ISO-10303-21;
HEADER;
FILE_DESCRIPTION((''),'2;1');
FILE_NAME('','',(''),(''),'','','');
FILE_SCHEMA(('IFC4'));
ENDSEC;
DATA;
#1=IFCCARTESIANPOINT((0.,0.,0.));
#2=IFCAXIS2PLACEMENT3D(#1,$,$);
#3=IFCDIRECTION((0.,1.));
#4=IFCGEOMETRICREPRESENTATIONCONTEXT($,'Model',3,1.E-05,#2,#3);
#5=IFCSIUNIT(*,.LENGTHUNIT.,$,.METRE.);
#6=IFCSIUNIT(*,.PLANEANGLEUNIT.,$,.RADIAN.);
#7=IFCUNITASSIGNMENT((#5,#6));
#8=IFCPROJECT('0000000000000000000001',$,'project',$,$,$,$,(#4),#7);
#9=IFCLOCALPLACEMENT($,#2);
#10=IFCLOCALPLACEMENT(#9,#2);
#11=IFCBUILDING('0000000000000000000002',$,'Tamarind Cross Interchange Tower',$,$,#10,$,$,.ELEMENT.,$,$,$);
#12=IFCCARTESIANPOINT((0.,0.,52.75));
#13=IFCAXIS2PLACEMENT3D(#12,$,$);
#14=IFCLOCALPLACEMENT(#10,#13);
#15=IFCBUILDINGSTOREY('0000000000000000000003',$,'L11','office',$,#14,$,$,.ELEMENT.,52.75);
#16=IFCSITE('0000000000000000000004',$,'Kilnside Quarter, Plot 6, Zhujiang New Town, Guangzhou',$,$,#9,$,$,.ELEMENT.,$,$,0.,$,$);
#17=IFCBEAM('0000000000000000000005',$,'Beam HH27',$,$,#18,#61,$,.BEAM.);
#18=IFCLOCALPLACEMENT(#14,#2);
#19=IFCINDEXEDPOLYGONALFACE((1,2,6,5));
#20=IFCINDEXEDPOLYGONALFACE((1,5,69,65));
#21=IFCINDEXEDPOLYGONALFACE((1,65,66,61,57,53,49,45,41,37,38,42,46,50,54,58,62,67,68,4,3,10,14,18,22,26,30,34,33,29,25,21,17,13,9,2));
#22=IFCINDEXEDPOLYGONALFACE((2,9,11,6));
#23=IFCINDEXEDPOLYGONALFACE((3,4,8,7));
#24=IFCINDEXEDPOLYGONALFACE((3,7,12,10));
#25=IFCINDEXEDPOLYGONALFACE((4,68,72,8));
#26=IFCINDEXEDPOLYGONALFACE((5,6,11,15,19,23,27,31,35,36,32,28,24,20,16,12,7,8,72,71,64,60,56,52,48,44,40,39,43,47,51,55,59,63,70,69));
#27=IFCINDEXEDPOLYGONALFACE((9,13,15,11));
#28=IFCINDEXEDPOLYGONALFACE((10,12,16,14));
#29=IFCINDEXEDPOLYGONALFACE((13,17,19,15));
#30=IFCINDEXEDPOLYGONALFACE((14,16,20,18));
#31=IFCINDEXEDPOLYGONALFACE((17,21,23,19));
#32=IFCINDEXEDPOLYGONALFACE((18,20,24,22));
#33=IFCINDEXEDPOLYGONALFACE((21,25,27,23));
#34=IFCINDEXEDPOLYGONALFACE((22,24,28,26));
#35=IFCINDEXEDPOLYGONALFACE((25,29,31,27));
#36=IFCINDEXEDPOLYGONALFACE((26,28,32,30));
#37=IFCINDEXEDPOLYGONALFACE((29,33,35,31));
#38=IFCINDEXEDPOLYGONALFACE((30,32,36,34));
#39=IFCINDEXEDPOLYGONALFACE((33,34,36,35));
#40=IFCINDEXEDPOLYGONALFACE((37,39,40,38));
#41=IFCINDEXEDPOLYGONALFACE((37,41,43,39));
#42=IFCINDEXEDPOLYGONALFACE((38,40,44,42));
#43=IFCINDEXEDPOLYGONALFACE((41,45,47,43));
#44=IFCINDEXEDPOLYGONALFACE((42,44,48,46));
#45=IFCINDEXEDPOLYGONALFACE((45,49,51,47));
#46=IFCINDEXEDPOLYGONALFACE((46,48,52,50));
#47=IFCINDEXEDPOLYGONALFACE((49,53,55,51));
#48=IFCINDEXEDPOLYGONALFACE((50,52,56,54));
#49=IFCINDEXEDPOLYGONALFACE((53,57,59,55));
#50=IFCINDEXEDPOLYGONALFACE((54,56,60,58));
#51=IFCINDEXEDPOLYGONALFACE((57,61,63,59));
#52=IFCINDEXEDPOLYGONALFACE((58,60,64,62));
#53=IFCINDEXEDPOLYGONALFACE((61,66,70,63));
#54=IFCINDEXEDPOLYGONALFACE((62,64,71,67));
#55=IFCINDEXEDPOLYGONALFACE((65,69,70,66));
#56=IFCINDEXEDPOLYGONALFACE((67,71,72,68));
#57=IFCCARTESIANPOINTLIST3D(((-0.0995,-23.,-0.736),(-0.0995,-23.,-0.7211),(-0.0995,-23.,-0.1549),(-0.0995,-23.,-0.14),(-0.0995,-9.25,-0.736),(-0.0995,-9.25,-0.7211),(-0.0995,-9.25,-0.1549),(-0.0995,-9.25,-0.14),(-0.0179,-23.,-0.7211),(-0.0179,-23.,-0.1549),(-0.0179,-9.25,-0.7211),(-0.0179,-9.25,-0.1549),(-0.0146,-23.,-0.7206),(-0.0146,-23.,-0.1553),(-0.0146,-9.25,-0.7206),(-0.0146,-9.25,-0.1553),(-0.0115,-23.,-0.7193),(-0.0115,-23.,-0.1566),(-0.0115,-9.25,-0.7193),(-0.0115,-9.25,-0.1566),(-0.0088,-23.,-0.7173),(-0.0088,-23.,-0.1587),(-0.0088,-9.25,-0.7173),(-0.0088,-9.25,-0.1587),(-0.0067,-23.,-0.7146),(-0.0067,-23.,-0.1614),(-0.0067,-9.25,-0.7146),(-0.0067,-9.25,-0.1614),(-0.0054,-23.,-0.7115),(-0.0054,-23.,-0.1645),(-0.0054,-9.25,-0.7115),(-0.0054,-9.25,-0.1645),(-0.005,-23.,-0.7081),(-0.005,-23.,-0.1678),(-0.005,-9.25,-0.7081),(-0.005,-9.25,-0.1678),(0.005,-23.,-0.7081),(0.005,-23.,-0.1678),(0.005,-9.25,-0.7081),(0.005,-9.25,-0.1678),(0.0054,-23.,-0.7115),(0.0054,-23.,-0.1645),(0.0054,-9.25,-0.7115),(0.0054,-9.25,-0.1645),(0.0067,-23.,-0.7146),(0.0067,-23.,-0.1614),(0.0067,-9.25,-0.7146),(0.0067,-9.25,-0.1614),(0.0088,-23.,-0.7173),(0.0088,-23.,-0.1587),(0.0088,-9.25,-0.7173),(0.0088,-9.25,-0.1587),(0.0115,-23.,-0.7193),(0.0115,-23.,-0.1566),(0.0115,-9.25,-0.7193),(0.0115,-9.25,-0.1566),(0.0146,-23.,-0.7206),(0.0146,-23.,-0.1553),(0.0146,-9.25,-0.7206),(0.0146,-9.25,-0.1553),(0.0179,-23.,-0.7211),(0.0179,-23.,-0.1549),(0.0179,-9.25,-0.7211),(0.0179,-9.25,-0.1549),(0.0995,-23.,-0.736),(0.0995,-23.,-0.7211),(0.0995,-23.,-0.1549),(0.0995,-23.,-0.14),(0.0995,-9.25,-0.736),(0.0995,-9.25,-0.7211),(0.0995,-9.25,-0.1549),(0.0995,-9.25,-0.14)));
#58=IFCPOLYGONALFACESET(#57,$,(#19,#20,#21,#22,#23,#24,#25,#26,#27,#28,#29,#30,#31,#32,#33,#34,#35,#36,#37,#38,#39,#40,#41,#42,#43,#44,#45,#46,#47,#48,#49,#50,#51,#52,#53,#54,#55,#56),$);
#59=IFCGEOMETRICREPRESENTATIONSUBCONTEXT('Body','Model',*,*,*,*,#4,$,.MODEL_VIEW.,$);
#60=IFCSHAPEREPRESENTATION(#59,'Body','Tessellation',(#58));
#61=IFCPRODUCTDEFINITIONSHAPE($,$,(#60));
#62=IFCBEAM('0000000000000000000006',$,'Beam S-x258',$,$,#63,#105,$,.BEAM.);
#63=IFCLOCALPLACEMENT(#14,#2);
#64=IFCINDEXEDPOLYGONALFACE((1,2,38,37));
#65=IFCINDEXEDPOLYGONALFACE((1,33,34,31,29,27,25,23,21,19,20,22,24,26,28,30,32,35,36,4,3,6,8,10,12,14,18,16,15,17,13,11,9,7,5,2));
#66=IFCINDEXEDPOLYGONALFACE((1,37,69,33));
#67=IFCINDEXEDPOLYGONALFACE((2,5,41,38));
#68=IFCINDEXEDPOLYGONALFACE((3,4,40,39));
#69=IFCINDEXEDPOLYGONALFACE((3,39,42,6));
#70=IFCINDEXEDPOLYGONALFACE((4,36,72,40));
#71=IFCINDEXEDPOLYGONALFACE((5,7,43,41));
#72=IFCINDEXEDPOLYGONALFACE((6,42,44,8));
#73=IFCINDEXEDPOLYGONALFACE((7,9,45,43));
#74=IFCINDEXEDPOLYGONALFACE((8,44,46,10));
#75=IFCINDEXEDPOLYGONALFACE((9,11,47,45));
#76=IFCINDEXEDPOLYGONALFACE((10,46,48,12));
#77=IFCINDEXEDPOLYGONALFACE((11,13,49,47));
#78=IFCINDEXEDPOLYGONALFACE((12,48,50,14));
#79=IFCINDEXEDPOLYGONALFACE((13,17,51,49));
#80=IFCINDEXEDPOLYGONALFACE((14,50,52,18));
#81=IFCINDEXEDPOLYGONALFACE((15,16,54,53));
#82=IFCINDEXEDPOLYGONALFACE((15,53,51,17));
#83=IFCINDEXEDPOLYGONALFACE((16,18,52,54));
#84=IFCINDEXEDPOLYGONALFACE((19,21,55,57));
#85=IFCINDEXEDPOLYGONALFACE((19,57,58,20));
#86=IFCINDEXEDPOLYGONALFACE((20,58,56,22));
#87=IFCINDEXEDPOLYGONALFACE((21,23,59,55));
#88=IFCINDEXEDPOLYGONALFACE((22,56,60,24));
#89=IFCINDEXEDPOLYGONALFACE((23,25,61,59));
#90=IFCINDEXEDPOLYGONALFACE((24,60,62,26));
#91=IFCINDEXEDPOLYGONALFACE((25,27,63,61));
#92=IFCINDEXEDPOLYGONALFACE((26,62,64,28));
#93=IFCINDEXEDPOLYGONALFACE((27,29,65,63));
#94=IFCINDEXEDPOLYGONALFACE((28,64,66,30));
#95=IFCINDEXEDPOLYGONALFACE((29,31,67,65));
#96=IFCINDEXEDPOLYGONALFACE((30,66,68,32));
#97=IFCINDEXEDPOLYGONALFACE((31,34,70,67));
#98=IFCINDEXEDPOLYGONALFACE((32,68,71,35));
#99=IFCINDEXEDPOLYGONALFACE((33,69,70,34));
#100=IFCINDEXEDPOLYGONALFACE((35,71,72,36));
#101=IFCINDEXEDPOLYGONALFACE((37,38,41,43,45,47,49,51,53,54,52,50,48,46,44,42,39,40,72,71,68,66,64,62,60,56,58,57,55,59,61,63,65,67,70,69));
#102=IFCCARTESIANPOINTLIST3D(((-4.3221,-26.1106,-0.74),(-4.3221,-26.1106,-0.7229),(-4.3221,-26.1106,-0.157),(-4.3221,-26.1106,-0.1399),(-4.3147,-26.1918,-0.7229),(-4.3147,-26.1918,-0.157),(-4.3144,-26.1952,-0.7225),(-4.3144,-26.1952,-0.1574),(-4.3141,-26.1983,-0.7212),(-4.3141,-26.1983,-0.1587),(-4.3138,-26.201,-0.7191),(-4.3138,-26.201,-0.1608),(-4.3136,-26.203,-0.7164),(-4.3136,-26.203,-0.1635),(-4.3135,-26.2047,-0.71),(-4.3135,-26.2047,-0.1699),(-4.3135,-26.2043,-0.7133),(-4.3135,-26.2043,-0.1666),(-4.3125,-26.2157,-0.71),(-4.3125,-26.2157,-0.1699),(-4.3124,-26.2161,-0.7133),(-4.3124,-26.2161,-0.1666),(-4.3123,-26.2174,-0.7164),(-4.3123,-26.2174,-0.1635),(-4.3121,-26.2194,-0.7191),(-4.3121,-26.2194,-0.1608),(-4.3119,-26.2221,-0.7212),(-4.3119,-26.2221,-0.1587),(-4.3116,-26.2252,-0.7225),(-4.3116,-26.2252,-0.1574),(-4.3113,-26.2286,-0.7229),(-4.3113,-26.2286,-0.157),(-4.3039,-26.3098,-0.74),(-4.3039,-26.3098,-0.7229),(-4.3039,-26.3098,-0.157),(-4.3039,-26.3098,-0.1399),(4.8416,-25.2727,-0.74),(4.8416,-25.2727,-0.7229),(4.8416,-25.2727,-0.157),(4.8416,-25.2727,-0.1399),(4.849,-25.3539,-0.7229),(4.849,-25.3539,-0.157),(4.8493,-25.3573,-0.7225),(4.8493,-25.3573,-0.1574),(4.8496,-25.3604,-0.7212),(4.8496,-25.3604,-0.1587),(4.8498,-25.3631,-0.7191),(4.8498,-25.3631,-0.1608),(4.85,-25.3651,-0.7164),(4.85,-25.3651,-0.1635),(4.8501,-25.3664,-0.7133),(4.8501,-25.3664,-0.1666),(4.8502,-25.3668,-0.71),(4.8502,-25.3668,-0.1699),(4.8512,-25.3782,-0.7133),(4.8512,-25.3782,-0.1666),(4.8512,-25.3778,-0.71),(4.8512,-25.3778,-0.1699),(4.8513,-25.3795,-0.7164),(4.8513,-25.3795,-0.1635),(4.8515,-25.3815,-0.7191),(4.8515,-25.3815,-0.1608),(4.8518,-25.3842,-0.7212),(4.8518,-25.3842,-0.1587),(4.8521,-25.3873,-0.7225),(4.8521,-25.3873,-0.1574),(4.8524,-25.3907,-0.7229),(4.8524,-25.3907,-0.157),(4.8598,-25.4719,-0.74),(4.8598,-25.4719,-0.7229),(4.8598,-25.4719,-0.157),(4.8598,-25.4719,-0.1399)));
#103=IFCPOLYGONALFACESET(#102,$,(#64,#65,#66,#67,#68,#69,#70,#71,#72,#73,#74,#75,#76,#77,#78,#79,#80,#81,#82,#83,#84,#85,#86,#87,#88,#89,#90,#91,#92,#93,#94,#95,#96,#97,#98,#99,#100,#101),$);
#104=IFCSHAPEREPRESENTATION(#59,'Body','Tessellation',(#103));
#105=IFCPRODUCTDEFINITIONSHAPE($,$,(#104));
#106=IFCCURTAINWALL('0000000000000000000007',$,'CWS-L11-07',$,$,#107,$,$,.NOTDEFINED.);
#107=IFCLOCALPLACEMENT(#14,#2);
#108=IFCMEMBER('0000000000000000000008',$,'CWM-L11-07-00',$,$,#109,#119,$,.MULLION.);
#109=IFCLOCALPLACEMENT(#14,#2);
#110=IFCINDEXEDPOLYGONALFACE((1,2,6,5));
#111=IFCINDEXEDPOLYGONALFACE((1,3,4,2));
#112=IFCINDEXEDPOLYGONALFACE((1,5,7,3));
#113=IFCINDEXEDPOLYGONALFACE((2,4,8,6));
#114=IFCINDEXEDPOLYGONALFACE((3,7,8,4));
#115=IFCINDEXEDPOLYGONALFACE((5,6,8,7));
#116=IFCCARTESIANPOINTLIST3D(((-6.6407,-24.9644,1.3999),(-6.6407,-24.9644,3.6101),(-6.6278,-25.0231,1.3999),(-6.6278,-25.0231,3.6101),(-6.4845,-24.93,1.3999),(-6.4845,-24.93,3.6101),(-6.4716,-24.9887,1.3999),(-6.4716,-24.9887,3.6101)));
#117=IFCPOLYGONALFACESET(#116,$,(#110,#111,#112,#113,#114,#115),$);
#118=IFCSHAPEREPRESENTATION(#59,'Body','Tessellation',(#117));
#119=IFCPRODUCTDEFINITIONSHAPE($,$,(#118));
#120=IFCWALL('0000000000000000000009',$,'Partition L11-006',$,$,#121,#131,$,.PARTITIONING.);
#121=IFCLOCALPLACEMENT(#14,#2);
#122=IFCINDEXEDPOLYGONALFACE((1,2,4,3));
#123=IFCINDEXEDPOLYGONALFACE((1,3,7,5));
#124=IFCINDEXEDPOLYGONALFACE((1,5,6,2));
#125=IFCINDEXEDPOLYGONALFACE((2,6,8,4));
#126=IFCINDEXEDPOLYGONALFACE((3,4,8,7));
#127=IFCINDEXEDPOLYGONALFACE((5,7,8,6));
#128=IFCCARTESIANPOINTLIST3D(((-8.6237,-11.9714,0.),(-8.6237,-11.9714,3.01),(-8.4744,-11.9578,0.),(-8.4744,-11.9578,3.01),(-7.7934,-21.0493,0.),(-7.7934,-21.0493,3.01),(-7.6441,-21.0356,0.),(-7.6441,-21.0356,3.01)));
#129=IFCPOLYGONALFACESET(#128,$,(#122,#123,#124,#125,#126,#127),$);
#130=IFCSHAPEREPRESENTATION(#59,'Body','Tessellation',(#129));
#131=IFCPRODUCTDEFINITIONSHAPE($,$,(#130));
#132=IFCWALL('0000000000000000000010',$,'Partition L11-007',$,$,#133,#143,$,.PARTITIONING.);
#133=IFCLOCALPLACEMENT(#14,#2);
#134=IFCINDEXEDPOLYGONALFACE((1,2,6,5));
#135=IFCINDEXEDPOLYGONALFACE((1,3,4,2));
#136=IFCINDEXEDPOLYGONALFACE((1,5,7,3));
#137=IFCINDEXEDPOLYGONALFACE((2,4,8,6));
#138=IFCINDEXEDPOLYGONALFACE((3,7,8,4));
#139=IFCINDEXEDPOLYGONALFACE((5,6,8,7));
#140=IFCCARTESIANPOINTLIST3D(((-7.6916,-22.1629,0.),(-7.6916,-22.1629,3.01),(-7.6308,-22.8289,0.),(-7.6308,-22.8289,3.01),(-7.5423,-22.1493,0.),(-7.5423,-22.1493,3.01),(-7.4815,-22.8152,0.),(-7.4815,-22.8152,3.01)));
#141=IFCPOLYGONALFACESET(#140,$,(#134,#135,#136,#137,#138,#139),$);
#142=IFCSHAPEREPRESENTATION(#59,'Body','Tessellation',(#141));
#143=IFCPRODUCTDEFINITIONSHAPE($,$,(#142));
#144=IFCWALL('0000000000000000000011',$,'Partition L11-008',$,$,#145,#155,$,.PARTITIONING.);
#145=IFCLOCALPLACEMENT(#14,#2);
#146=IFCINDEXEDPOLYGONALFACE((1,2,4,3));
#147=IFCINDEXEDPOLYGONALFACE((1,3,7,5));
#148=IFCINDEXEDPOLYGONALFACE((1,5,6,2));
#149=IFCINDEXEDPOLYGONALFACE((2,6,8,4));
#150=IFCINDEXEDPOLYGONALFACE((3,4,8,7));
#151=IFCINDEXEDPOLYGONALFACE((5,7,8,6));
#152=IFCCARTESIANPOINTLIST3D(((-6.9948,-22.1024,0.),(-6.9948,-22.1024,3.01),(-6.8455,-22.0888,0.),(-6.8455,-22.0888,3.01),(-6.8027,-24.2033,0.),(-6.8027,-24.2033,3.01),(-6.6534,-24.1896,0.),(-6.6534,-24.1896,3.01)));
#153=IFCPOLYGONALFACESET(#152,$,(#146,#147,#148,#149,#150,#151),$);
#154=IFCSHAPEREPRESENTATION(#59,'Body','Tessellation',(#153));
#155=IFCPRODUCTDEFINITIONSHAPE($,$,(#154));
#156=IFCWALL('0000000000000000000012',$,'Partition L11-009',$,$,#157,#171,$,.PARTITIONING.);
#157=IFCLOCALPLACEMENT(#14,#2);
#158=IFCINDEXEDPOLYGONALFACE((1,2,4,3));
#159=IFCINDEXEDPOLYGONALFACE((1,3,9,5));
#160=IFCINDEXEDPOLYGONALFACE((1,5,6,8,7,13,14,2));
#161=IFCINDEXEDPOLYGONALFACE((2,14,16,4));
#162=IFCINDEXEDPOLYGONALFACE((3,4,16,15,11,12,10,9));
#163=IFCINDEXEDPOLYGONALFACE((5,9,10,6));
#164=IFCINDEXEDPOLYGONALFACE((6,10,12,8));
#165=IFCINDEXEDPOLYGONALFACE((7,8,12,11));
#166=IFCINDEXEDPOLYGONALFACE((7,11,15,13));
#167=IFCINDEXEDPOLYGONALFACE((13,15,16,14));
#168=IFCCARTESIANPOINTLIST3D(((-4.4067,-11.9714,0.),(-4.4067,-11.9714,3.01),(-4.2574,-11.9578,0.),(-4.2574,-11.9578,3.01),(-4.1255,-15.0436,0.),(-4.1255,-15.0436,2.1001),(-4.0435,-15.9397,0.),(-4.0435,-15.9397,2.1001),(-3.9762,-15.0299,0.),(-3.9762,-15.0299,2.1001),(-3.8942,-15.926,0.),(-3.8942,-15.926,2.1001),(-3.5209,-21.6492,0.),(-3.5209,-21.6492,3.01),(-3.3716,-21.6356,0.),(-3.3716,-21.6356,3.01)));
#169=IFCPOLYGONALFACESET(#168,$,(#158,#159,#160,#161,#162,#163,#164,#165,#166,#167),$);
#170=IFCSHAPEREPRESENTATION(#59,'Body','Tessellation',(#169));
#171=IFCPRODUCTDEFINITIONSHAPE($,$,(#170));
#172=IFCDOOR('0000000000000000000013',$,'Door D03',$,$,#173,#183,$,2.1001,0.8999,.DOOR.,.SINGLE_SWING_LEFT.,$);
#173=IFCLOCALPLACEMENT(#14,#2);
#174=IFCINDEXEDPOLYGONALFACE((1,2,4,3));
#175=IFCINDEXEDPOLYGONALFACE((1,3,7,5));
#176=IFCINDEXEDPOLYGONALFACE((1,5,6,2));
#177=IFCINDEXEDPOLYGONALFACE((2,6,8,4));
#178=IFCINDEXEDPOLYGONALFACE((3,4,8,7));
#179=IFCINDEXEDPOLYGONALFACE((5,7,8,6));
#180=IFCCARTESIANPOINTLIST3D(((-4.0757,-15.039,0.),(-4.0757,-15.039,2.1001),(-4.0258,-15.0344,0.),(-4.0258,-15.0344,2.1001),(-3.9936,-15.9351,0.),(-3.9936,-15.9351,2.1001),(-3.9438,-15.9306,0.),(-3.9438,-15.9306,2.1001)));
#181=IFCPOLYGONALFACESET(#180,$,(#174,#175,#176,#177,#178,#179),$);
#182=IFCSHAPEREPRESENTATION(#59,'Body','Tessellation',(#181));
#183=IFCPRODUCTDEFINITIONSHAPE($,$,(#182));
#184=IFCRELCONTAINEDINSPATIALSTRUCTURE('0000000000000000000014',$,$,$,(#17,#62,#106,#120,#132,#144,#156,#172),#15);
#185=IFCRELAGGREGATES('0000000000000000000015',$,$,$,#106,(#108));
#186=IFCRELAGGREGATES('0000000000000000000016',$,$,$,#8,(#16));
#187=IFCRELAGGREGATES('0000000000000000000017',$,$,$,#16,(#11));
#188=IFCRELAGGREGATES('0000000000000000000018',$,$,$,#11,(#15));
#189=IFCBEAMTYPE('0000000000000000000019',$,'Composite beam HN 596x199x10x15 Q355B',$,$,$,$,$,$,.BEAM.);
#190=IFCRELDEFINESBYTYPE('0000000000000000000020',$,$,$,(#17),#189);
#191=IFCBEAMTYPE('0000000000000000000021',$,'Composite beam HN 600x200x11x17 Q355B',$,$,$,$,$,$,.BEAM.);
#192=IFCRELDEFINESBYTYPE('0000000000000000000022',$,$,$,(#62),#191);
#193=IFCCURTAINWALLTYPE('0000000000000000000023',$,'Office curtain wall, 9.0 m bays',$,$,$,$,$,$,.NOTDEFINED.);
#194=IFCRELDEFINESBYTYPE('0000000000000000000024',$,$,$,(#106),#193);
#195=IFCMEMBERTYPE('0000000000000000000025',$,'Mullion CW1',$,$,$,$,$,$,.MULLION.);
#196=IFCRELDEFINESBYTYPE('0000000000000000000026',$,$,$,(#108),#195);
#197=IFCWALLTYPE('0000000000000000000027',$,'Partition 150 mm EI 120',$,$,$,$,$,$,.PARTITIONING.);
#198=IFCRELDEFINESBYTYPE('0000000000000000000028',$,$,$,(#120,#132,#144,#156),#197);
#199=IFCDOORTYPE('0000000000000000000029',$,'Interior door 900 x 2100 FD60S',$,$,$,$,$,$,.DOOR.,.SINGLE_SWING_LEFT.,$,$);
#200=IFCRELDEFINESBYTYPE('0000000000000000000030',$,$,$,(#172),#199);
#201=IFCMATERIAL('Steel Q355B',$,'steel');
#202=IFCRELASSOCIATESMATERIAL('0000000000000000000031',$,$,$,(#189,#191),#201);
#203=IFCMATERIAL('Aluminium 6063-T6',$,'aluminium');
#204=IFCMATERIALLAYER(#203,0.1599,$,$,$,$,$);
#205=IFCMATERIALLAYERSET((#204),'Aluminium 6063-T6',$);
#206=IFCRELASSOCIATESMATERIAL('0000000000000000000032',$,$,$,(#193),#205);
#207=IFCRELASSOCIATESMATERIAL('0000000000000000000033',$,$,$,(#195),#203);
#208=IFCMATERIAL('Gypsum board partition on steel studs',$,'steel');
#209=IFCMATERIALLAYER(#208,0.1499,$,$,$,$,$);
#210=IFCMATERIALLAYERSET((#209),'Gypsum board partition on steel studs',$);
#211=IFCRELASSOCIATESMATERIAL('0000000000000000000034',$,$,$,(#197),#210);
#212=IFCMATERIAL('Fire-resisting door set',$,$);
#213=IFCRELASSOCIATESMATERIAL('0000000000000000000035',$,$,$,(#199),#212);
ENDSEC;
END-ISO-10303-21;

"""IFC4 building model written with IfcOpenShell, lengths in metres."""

from ifc_helpers import new_model, si_unit, direction, frame, frame_2d, origin, origin_2d, place, context, subcontext, project, spatial, rectangle, i_section, extrude, material, layer, layer_set, material_profile, profile_set, type_object, element, fill, aggregate, save


model = new_model("IFC4")

# Units and contexts
model_context = context("Model", 3, precision=1e-05, world=origin(), true_north=direction((0.0, 1.0)))
body_context = subcontext(model_context, "Body", "Model", "MODEL_VIEW")
ifc_project = project(units=[si_unit("LENGTHUNIT", "METRE"), si_unit("PLANEANGLEUNIT", "RADIAN")], contexts=[model_context])

# Site, building, storey
site_placement = place(None, origin())
site = spatial("IfcSite", under=ifc_project, at=site_placement, Name="Kilnside Quarter, Plot 6, Zhujiang New Town, Guangzhou", CompositionType="ELEMENT", RefElevation=0.0)
building_placement = place(site_placement, origin())
building = spatial("IfcBuilding", under=site, at=building_placement, Name="Tamarind Cross Interchange Tower", CompositionType="ELEMENT")
storey_placement = place(building_placement, frame((0.0, 0.0, 52.75)))
storey = spatial("IfcBuildingStorey", under=building, at=storey_placement, Name="L11", Description="office", CompositionType="ELEMENT", Elevation=52.75)

# Beams
ifc_material_1 = material(Name="Steel Q355B", Category="steel")
ifc_material_profile_1 = material_profile(ifc_material_1, i_section(OverallWidth=0.199, OverallDepth=0.5959, WebThickness=0.01, FlangeThickness=0.0149, FilletRadius=0.0129, at=origin_2d()), Name="HN 596x199x10x15")
ifc_profile_set_1 = profile_set([ifc_material_profile_1], Name="Steel Q355B")
beam_type_1 = type_object("IfcBeamType", Name="Composite beam HN 596x199x10x15 Q355B", PredefinedType="BEAM", material=ifc_profile_set_1)
beam_1_placement = place(storey_placement, frame((0.0, -23.0, -0.438), z_axis=(0.0, 1.0, 0.0), x_axis=(-1.0, 0.0, 0.0)))
element("IfcBeam", 1, at=beam_1_placement, inside=storey, type_object=beam_type_1, Name="Beam HH27", PredefinedType="BEAM", context=body_context, shape_type="SweptSolid", body=[
    extrude(i_section(OverallWidth=0.199, OverallDepth=0.5959, WebThickness=0.01, FlangeThickness=0.0149, FilletRadius=0.0129, at=origin_2d()), origin(), (0.0, 0.0, 1.0), 13.75),
])
ifc_material_profile_2 = material_profile(ifc_material_1, i_section(OverallWidth=0.2, OverallDepth=0.6001, WebThickness=0.011, FlangeThickness=0.0171, FilletRadius=0.0129, at=origin_2d()), Name="HN 600x200x11x17")
ifc_profile_set_2 = profile_set([ifc_material_profile_2], Name="Steel Q355B")
beam_type_2 = type_object("IfcBeamType", Name="Composite beam HN 600x200x11x17 Q355B", PredefinedType="BEAM", material=ifc_profile_set_2)
beam_2_placement = place(storey_placement, frame((-4.313, -26.2102, -0.4399), z_axis=(0.995846, 0.091057, 0.0), x_axis=(-0.091057, 0.995846, 0.0)))
element("IfcBeam", 2, at=beam_2_placement, inside=storey, type_object=beam_type_2, Name="Beam S-x258", PredefinedType="BEAM", context=body_context, shape_type="SweptSolid", body=[
    extrude(i_section(OverallWidth=0.2, OverallDepth=0.6001, WebThickness=0.011, FlangeThickness=0.0171, FilletRadius=0.0129, at=origin_2d()), origin(), (0.0, 0.0, 1.0), 9.2019),
])

# Curtain wall, member
ifc_material_2 = material(Name="Aluminium 6063-T6", Category="aluminium")
ifc_layer_1 = layer(ifc_material_2, 0.1599)
ifc_layer_set_1 = layer_set([ifc_layer_1], Name="Aluminium 6063-T6")
curtain_wall_type = type_object("IfcCurtainWallType", Name="Office curtain wall, 9.0 m bays", PredefinedType="NOTDEFINED", material=ifc_layer_set_1)
curtain_wall_placement = place(storey_placement, origin())
curtain_wall = element("IfcCurtainWall", 3, at=curtain_wall_placement, inside=storey, type_object=curtain_wall_type, Name="CWS-L11-07", PredefinedType="NOTDEFINED")
ifc_material_profile_3 = material_profile(ifc_material_2, rectangle(XDim=0.0601, YDim=0.1599, at=origin_2d()), Name="Mullion CW1")
ifc_profile_set_3 = profile_set([ifc_material_profile_3], Name="Aluminium 6063-T6")
member_type = type_object("IfcMemberType", Name="Mullion CW1", PredefinedType="MULLION", material=ifc_profile_set_3)
member_placement = place(storey_placement, frame((-6.5562, -24.9766, 1.3999), z_axis=(0.0, 0.0, 1.0), x_axis=(0.215251, -0.976559, 0.0)))
member = element("IfcMember", 4, at=member_placement, type_object=member_type, Name="CWM-L11-07-00", PredefinedType="MULLION", context=body_context, shape_type="SweptSolid", body=[
    extrude(rectangle(XDim=0.0601, YDim=0.1599, at=origin_2d()), origin(), (0.0, 0.0, 1.0), 2.2102),
])
aggregate(curtain_wall, [member])

# Walls
ifc_material_3 = material(Name="Gypsum board partition on steel studs", Category="steel")
ifc_layer_2 = layer(ifc_material_3, 0.1499)
ifc_layer_set_2 = layer_set([ifc_layer_2], Name="Gypsum board partition on steel studs")
wall_type = type_object("IfcWallType", Name="Partition 150 mm EI 120", PredefinedType="PARTITIONING", material=ifc_layer_set_2)
wall_1_placement = place(storey_placement, frame((-8.5491, -11.9646, 0.0), z_axis=(0.0, 0.0, 1.0), x_axis=(0.091086, -0.995843, 0.0)))
element("IfcWall", 5, at=wall_1_placement, inside=storey, type_object=wall_type, Name="Partition L11-006", PredefinedType="PARTITIONING", context=body_context, shape_type="SweptSolid", body=[
    extrude(rectangle(XDim=9.1157, YDim=0.1499, at=frame_2d((4.5579, 0.0))), origin(), (0.0, 0.0, 1.0), 3.01),
])
wall_2_placement = place(storey_placement, frame((-7.6169, -22.156, 0.0), z_axis=(0.0, 0.0, 1.0), x_axis=(0.090898, -0.99586, 0.0)))
element("IfcWall", 6, at=wall_2_placement, inside=storey, type_object=wall_type, Name="Partition L11-007", PredefinedType="PARTITIONING", context=body_context, shape_type="SweptSolid", body=[
    extrude(rectangle(XDim=0.6687, YDim=0.1499, at=frame_2d((0.3345, 0.0))), origin(), (0.0, 0.0, 1.0), 3.01),
])
wall_3_placement = place(storey_placement, frame((-6.9202, -22.0957, 0.0), z_axis=(0.0, 0.0, 1.0), x_axis=(0.091078, -0.995844, 0.0)))
element("IfcWall", 7, at=wall_3_placement, inside=storey, type_object=wall_type, Name="Partition L11-008", PredefinedType="PARTITIONING", context=body_context, shape_type="SweptSolid", body=[
    extrude(rectangle(XDim=2.1096, YDim=0.1499, at=frame_2d((1.0547, 0.0))), origin(), (0.0, 0.0, 1.0), 3.01),
])

# Wall, opening, door
wall_4_placement = place(storey_placement, frame((-4.332, -11.9646, 0.0), z_axis=(0.0, 0.0, 1.0), x_axis=(0.091143, -0.995838, 0.0)))
wall_4 = element("IfcWall", 8, at=wall_4_placement, inside=storey, type_object=wall_type, Name="Partition L11-009", PredefinedType="PARTITIONING", context=body_context, shape_type="SweptSolid", body=[
    extrude(rectangle(XDim=9.7183, YDim=0.1499, at=frame_2d((4.8591, 0.0))), origin(), (0.0, 0.0, 1.0), 3.01),
])
opening_1_placement = place(wall_4_placement, frame((3.085, 0.0, 0.0)))
opening_1 = element("IfcOpeningElement", 9, at=opening_1_placement, cuts=wall_4, PredefinedType="OPENING", context=body_context, shape_type="SweptSolid", body=[
    extrude(rectangle(XDim=0.8999, YDim=2.1001, at=frame_2d((0.45, 1.05))), frame((0.0, 0.085, 0.0), z_axis=(0.0, -1.0, 0.0), x_axis=(1.0, 0.0, 0.0)), (0.0, 0.0, 1.0), 0.1699),
])
ifc_material_4 = material(Name="Fire-resisting door set")
door_type = type_object("IfcDoorType", Name="Interior door 900 x 2100 FD60S", OperationType="SINGLE_SWING_LEFT", PredefinedType="DOOR", material=ifc_material_4)
door_1_placement = place(opening_1_placement, frame((0.8999, 0.0, 0.0), z_axis=(0.0, 0.0, 1.0), x_axis=(-1.0, 0.0, 0.0)))
door_1 = element("IfcDoor", 10, at=door_1_placement, inside=storey, type_object=door_type, Name="Door D03", OperationType="SINGLE_SWING_LEFT", OverallHeight=2.1001, OverallWidth=0.8999, PredefinedType="DOOR", context=body_context, shape_type="SweptSolid", body=[
    extrude(rectangle(XDim=0.8999, YDim=2.1001, at=frame_2d((0.45, 1.05))), frame((0.0, 0.0249, 0.0), z_axis=(0.0, -1.0, 0.0), x_axis=(1.0, 0.0, 0.0)), (0.0, 0.0, 1.0), 0.05),
])
fill(opening_1, door_1)

save(model, "model.ifc")
